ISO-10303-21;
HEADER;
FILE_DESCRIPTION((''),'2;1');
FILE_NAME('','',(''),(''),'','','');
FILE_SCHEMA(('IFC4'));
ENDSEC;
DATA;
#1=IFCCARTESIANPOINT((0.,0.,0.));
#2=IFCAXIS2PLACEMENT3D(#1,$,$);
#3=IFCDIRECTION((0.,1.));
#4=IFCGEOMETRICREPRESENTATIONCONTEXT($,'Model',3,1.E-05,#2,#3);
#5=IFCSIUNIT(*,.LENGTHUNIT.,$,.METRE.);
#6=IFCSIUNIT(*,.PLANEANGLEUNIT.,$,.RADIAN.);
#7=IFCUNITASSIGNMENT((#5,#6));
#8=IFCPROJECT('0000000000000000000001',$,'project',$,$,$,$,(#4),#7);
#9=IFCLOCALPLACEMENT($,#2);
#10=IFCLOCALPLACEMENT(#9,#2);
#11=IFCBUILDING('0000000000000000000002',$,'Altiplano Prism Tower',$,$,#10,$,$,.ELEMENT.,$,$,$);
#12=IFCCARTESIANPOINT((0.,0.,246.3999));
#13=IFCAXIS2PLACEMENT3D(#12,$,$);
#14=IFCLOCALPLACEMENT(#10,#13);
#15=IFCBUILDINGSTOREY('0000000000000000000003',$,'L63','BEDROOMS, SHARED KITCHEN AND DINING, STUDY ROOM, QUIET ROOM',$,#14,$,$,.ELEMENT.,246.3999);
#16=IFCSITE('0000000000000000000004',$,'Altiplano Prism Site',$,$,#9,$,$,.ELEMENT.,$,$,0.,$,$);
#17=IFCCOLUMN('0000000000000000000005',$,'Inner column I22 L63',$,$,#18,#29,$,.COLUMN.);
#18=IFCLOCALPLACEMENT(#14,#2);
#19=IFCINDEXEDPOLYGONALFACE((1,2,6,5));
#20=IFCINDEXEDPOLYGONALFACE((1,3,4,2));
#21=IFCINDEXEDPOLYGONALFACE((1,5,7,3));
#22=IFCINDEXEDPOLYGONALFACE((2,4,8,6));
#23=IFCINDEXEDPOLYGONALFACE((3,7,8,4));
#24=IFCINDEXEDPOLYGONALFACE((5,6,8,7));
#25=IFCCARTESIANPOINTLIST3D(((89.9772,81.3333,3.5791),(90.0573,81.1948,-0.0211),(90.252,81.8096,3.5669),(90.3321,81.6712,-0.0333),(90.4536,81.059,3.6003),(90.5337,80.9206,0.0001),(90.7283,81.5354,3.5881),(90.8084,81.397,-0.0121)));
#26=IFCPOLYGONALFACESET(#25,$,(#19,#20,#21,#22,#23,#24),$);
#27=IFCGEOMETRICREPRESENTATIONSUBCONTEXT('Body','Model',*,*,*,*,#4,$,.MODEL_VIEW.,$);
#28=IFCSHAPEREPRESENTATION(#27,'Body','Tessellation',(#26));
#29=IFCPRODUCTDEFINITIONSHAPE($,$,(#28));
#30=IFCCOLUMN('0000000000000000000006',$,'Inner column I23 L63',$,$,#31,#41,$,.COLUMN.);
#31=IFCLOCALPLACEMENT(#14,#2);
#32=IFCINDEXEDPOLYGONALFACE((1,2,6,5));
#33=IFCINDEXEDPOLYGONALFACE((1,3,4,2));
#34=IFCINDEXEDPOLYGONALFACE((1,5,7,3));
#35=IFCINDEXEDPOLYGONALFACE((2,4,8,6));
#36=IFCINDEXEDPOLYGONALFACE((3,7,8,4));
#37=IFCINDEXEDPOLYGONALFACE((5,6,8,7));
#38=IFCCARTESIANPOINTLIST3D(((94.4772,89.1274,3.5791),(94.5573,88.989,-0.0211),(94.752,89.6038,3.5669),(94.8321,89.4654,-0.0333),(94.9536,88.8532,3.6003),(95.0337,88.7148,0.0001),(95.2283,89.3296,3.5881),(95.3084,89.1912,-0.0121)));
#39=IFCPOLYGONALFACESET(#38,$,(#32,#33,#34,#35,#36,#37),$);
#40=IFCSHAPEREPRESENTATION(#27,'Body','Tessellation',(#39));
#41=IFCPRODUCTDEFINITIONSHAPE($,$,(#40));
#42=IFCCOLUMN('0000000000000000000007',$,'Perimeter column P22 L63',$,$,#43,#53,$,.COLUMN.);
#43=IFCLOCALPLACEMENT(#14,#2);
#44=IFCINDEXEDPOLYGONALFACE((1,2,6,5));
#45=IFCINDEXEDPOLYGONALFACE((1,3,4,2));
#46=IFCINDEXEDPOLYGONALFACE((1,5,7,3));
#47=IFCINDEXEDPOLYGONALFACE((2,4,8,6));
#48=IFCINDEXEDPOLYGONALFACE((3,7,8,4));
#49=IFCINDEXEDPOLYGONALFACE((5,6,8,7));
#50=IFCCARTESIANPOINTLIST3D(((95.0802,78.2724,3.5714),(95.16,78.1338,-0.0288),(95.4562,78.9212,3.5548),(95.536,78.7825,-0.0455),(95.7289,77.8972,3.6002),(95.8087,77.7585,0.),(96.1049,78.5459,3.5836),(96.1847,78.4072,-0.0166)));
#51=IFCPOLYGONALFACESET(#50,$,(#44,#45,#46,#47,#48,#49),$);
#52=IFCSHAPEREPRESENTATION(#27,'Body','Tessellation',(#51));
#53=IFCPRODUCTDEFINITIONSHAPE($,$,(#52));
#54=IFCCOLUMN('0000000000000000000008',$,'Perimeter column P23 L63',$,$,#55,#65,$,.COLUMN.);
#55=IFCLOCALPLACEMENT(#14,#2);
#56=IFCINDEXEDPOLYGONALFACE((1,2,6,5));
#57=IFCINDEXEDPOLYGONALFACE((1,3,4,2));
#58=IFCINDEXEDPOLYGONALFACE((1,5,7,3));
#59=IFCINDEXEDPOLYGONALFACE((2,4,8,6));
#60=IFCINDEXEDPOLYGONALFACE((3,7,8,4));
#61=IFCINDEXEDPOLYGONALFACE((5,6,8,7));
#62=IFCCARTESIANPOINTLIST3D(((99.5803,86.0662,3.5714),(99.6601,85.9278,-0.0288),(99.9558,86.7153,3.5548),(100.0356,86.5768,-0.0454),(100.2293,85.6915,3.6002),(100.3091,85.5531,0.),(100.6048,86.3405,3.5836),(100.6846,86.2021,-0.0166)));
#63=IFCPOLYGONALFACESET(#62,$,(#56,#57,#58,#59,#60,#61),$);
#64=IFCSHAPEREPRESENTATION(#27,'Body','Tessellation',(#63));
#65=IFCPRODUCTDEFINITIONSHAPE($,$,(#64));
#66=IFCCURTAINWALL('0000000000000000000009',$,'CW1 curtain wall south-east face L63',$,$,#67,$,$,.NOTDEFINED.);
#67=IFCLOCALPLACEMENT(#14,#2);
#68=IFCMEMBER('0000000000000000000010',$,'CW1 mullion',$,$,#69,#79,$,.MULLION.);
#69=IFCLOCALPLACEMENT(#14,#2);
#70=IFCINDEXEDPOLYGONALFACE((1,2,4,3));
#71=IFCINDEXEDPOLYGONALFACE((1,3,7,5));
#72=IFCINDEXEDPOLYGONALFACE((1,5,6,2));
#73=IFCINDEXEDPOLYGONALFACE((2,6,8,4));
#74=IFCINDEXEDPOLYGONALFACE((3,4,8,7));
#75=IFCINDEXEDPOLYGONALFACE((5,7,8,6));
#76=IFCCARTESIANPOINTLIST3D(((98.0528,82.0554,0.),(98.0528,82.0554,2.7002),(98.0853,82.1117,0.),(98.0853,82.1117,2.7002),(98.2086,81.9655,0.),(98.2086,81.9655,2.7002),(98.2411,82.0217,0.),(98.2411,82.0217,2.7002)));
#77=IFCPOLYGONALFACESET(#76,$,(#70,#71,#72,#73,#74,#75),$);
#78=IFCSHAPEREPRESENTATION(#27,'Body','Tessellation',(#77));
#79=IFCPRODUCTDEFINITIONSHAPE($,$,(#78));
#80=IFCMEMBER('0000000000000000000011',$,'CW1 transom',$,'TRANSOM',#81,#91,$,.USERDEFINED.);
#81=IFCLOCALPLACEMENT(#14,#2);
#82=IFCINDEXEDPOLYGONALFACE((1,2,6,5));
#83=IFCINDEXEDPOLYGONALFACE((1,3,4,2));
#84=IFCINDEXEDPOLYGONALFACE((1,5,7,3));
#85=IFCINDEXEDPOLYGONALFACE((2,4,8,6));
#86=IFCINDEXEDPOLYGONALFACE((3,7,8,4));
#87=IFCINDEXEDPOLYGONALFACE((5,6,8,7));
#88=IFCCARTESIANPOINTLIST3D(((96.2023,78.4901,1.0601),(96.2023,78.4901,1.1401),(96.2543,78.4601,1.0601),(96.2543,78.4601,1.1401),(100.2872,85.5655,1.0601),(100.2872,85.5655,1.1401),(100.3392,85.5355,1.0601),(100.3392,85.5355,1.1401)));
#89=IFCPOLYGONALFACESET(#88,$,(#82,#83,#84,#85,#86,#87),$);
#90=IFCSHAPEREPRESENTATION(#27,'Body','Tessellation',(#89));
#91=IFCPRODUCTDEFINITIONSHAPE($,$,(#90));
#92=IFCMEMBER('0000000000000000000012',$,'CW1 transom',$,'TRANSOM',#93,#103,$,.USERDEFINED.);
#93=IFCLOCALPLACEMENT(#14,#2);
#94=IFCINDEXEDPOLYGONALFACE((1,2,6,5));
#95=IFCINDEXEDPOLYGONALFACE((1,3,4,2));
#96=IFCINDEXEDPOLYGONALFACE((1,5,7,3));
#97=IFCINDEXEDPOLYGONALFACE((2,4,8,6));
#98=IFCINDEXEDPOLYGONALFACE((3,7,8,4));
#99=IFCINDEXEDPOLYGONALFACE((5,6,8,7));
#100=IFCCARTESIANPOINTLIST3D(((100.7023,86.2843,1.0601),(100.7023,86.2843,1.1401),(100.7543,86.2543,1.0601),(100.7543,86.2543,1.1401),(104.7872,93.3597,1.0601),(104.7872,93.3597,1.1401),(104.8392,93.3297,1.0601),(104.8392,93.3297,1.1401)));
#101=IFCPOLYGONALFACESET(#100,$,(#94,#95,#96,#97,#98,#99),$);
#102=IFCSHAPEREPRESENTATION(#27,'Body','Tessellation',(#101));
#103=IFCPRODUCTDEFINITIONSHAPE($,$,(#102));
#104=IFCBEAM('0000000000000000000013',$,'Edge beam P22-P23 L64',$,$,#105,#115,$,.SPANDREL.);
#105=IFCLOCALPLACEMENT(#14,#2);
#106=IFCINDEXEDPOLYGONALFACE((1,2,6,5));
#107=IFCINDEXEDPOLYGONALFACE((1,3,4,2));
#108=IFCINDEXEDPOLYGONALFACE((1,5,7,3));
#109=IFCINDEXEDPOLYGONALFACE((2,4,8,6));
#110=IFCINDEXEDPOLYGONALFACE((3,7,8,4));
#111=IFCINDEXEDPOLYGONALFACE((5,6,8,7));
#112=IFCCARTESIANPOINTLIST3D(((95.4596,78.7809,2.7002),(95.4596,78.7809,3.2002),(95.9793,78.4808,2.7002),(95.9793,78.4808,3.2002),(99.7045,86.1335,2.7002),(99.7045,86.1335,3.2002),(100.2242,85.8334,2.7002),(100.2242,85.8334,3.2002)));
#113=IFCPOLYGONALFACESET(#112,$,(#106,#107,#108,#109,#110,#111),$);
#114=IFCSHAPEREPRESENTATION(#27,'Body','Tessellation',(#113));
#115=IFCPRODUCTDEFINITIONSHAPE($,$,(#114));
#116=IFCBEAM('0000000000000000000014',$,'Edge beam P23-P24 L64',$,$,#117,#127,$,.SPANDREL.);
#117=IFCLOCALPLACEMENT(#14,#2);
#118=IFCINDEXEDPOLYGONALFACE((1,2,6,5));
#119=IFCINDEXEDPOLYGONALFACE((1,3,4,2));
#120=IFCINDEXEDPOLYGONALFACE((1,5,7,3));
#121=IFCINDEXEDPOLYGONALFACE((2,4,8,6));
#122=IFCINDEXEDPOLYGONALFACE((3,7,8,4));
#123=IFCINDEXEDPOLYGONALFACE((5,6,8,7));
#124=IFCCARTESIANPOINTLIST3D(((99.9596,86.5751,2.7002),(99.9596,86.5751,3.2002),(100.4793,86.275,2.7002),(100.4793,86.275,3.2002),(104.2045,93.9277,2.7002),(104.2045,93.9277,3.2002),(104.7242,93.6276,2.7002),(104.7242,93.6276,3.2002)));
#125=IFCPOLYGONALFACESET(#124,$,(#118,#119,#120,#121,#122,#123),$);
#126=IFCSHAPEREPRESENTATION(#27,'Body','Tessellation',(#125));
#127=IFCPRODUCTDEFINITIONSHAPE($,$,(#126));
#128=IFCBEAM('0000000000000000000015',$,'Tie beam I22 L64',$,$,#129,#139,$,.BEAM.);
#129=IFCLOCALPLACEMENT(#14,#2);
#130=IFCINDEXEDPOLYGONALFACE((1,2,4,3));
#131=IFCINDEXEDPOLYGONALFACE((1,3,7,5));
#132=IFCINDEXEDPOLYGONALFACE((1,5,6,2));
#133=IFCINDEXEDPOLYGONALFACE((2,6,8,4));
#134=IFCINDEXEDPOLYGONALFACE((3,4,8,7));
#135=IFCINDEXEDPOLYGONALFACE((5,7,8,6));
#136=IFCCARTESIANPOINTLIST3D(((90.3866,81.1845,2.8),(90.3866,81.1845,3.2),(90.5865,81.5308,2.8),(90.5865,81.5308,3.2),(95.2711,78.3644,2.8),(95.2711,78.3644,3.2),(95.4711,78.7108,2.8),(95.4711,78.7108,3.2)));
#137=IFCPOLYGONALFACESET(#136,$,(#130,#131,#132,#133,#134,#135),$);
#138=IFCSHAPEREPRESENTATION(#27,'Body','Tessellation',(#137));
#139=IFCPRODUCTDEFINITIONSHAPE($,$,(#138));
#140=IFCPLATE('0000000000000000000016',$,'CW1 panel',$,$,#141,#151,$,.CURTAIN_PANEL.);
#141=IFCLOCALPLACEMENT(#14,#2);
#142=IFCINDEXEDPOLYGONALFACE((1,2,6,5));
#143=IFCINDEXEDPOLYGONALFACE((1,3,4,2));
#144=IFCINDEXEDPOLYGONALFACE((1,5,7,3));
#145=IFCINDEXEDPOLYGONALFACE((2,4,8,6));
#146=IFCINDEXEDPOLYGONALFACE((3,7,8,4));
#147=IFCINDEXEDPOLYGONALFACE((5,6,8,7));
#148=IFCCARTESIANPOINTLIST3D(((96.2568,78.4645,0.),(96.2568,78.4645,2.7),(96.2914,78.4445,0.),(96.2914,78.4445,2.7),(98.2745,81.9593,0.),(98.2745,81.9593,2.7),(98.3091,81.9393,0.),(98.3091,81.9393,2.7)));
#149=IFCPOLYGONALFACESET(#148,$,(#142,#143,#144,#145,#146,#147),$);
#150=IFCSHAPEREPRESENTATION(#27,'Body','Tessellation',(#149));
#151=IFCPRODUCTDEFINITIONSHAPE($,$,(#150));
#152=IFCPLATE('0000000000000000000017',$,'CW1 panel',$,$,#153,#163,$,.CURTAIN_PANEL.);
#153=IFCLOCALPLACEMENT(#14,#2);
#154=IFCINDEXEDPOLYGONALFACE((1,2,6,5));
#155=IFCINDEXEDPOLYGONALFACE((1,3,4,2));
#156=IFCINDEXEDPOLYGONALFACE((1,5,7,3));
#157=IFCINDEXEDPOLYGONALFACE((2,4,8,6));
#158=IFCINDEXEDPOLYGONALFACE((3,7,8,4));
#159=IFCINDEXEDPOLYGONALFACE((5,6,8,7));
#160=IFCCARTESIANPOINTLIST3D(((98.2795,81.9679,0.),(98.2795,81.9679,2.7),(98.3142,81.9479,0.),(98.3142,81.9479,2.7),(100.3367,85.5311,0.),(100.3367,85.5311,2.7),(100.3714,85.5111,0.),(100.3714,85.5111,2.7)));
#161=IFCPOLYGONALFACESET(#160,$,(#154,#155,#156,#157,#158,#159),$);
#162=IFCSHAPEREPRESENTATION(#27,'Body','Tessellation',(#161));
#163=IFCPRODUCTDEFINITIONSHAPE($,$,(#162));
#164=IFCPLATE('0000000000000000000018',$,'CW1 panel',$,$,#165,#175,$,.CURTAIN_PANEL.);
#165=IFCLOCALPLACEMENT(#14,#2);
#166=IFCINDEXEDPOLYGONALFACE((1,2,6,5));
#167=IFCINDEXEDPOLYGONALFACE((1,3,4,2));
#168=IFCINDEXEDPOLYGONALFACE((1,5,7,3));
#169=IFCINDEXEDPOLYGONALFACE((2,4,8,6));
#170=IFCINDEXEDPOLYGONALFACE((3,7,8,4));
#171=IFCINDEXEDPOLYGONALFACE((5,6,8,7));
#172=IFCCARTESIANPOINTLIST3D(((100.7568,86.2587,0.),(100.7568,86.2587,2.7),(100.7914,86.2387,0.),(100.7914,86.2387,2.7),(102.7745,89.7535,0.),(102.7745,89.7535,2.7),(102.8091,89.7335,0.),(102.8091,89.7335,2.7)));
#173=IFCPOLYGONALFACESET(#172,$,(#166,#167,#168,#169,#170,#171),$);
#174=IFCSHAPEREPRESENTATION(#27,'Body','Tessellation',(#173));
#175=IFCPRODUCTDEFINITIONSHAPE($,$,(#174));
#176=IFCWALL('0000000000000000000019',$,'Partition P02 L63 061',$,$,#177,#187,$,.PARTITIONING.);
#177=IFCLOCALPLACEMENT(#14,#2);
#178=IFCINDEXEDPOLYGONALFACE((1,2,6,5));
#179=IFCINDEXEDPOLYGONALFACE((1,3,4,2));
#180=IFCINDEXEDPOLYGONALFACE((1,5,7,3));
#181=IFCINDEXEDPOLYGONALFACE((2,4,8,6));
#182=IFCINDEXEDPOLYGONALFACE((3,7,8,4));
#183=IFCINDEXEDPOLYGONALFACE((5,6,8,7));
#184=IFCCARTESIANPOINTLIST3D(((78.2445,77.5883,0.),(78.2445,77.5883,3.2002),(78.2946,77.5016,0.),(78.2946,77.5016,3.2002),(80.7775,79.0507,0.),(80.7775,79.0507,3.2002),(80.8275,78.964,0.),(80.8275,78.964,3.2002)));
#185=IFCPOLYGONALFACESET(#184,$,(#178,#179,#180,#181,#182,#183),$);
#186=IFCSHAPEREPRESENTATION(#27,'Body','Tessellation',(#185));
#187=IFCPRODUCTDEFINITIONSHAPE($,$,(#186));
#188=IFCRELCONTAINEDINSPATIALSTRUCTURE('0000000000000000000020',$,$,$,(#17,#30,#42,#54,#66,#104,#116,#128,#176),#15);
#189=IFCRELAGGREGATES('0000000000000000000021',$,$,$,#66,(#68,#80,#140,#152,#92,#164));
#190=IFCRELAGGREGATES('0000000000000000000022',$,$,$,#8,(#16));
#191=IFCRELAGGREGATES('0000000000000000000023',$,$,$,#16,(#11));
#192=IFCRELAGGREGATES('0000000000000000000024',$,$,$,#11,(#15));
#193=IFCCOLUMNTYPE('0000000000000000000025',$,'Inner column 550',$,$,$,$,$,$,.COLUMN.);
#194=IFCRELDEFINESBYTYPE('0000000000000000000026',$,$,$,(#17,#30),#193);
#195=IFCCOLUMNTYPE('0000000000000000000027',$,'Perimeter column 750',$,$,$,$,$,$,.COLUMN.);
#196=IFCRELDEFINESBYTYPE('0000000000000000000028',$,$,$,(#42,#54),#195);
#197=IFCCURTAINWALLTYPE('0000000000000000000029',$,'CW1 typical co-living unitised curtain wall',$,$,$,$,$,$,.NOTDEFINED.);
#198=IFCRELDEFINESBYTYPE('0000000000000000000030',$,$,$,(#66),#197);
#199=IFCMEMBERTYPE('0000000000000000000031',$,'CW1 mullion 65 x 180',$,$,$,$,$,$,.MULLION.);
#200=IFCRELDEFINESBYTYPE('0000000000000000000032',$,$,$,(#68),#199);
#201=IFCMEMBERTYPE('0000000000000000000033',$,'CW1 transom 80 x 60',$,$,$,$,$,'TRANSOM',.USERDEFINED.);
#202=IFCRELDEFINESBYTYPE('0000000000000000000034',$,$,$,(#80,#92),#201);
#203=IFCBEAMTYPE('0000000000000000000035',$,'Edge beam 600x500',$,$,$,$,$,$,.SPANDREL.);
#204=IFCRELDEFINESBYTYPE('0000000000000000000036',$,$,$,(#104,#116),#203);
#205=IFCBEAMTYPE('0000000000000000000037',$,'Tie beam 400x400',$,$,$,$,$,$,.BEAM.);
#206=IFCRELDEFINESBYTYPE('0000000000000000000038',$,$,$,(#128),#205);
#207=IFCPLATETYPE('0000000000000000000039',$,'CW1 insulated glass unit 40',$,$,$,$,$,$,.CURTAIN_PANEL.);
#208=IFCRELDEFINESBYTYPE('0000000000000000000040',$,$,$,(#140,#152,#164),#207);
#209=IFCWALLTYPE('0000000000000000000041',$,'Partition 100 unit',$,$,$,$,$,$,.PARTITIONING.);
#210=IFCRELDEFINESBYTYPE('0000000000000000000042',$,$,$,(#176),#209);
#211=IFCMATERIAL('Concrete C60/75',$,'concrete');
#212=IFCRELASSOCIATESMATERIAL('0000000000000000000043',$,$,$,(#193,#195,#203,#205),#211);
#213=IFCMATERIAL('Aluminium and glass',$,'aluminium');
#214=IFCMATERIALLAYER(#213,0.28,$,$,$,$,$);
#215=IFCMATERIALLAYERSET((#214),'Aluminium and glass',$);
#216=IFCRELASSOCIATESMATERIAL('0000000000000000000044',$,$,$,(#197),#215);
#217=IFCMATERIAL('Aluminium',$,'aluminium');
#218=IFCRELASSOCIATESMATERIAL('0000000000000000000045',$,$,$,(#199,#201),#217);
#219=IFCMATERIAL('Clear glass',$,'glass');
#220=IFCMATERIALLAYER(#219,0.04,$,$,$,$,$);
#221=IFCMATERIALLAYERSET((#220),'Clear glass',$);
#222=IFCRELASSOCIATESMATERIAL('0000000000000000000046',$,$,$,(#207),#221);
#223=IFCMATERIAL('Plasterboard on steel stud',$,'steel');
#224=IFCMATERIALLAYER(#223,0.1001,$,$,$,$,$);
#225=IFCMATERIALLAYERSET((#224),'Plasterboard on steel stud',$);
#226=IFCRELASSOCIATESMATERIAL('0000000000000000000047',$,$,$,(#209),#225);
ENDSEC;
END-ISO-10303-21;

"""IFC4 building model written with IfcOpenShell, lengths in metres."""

from ifc_helpers import new_model, si_unit, direction, frame, frame_2d, origin, origin_2d, place, context, subcontext, project, spatial, rectangle, extrude, material, layer, layer_set, material_profile, profile_set, type_object, element, aggregate, save


model = new_model("IFC4")

# Units and contexts
model_context = context("Model", 3, precision=1e-05, world=origin(), true_north=direction((0.0, 1.0)))
body_context = subcontext(model_context, "Body", "Model", "MODEL_VIEW")
ifc_project = project(units=[si_unit("LENGTHUNIT", "METRE"), si_unit("PLANEANGLEUNIT", "RADIAN")], contexts=[model_context])

# Site, building, storey
site_placement = place(None, origin())
site = spatial("IfcSite", under=ifc_project, at=site_placement, Name="Altiplano Prism Site", CompositionType="ELEMENT", RefElevation=0.0)
building_placement = place(site_placement, origin())
building = spatial("IfcBuilding", under=site, at=building_placement, Name="Altiplano Prism Tower", CompositionType="ELEMENT")
storey_placement = place(building_placement, frame((0.0, 0.0, 246.3999)))
storey = spatial("IfcBuildingStorey", under=building, at=storey_placement, Name="L63", Description="BEDROOMS, SHARED KITCHEN AND DINING, STUDY ROOM, QUIET ROOM", CompositionType="ELEMENT", Elevation=246.3999)

# Columns
ifc_material_1 = material(Name="Concrete C60/75", Category="concrete")
ifc_material_profile_1 = material_profile(ifc_material_1, rectangle(XDim=0.55, YDim=0.55, at=origin_2d()), Name="Inner column 550")
ifc_profile_set_1 = profile_set([ifc_material_profile_1], Name="Concrete C60/75")
column_type_1 = type_object("IfcColumnType", Name="Inner column 550", PredefinedType="COLUMN", material=ifc_profile_set_1)
for number, where, z_axis, x_axis, name in (
    (1, (90.4329, 81.2959, -0.0166), (-0.022221, 0.038413, 0.999015), (-0.499515, -0.866021, 0.022189), "Inner column I22 L63"),
    (2, (94.9329, 89.0901, -0.0166), (-0.022221, 0.038413, 0.999015), (-0.499513, -0.866022, 0.022189), "Inner column I23 L63"),
):
    element("IfcColumn", number, at=place(storey_placement, frame(where, z_axis=z_axis, x_axis=x_axis)), inside=storey, type_object=column_type_1, Name=name, PredefinedType="COLUMN", context=body_context, shape_type="SweptSolid", body=[
        extrude(rectangle(XDim=0.55, YDim=0.55, at=origin_2d()), origin(), (0.0, 0.0, 1.0), 3.6038),
    ])
ifc_material_profile_2 = material_profile(ifc_material_1, rectangle(XDim=0.75, YDim=0.75, at=origin_2d()), Name="Perimeter column 750")
ifc_profile_set_2 = profile_set([ifc_material_profile_2], Name="Concrete C60/75")
column_type_2 = type_object("IfcColumnType", Name="Perimeter column 750", PredefinedType="COLUMN", material=ifc_profile_set_2)
for number, where, z_axis, x_axis, name in (
    (3, (95.6724, 78.2705, -0.0227), (-0.022154, 0.038481, 0.999014), (-0.50132, -0.864977, 0.022201), "Perimeter column P22 L63"),
    (4, (100.1724, 86.0649, -0.0227), (-0.022154, 0.038413, 0.999016), (-0.500657, -0.865362, 0.022172), "Perimeter column P23 L63"),
):
    element("IfcColumn", number, at=place(storey_placement, frame(where, z_axis=z_axis, x_axis=x_axis)), inside=storey, type_object=column_type_2, Name=name, PredefinedType="COLUMN", context=body_context, shape_type="SweptSolid", body=[
        extrude(rectangle(XDim=0.75, YDim=0.75, at=origin_2d()), origin(), (0.0, 0.0, 1.0), 3.6038),
    ])

# Curtain wall, members
ifc_material_2 = material(Name="Aluminium and glass", Category="aluminium")
ifc_layer_1 = layer(ifc_material_2, 0.28)
ifc_layer_set_1 = layer_set([ifc_layer_1], Name="Aluminium and glass")
curtain_wall_type = type_object("IfcCurtainWallType", Name="CW1 typical co-living unitised curtain wall", PredefinedType="NOTDEFINED", material=ifc_layer_set_1)
curtain_wall_placement = place(storey_placement, origin())
curtain_wall = element("IfcCurtainWall", 5, at=curtain_wall_placement, inside=storey, type_object=curtain_wall_type, Name="CW1 curtain wall south-east face L63", PredefinedType="NOTDEFINED")
ifc_material_3 = material(Name="Aluminium", Category="aluminium")
ifc_material_profile_3 = material_profile(ifc_material_3, rectangle(XDim=0.1799, YDim=0.0649, at=origin_2d()), Name="CW1 mullion 65 x 180")
ifc_profile_set_3 = profile_set([ifc_material_profile_3], Name="Aluminium")
member_type_1 = type_object("IfcMemberType", Name="CW1 mullion 65 x 180", PredefinedType="MULLION", material=ifc_profile_set_3)
member_1_placement = place(storey_placement, frame((98.147, 82.0386, 0.0), z_axis=(0.0, 0.0, 1.0), x_axis=(-0.866025, 0.5, 0.0)))
member_1 = element("IfcMember", 6, at=member_1_placement, type_object=member_type_1, Name="CW1 mullion", PredefinedType="MULLION", context=body_context, shape_type="SweptSolid", body=[
    extrude(rectangle(XDim=0.1799, YDim=0.0649, at=origin_2d()), origin(), (0.0, 0.0, 1.0), 2.7002),
])
ifc_material_profile_4 = material_profile(ifc_material_3, rectangle(XDim=0.0601, YDim=0.0801, at=origin_2d()), Name="CW1 transom 80 x 60")
ifc_profile_set_4 = profile_set([ifc_material_profile_4], Name="Aluminium")
member_type_2 = type_object("IfcMemberType", Name="CW1 transom 80 x 60", ElementType="TRANSOM", PredefinedType="USERDEFINED", material=ifc_profile_set_4)
member_2_placement = place(storey_placement, frame((96.2283, 78.4751, 1.1001), z_axis=(0.499996, 0.866028, 0.0), x_axis=(-0.866028, 0.499996, 0.0)))
member_2 = element("IfcMember", 7, at=member_2_placement, type_object=member_type_2, Name="CW1 transom", ObjectType="TRANSOM", PredefinedType="USERDEFINED", context=body_context, shape_type="SweptSolid", body=[
    extrude(rectangle(XDim=0.0601, YDim=0.0801, at=origin_2d()), origin(), (0.0, 0.0, 1.0), 8.1699),
])
member_3_placement = place(storey_placement, frame((100.7283, 86.2693, 1.1001), z_axis=(0.499996, 0.866028, 0.0), x_axis=(-0.866028, 0.499996, 0.0)))
member_3 = element("IfcMember", 8, at=member_3_placement, type_object=member_type_2, Name="CW1 transom", ObjectType="TRANSOM", PredefinedType="USERDEFINED", context=body_context, shape_type="SweptSolid", body=[
    extrude(rectangle(XDim=0.0601, YDim=0.0801, at=origin_2d()), origin(), (0.0, 0.0, 1.0), 8.1699),
])

# Beams
ifc_material_profile_5 = material_profile(ifc_material_1, rectangle(XDim=0.6001, YDim=0.5, at=origin_2d()), Name="Edge beam 600x500")
ifc_profile_set_5 = profile_set([ifc_material_profile_5], Name="Concrete C60/75")
beam_type_1 = type_object("IfcBeamType", Name="Edge beam 600x500", PredefinedType="SPANDREL", material=ifc_profile_set_5)
for number, where, z_axis, x_axis, name in (
    (9, (95.7195, 78.6309, 2.9502), (0.49999, 0.866031, 0.0), (-0.866031, 0.49999, 0.0), "Edge beam P22-P23 L64"),
    (10, (100.2195, 86.425, 2.9502), (0.49999, 0.866031, 0.0), (-0.866031, 0.49999, 0.0), "Edge beam P23-P24 L64"),
):
    element("IfcBeam", number, at=place(storey_placement, frame(where, z_axis=z_axis, x_axis=x_axis)), inside=storey, type_object=beam_type_1, Name=name, PredefinedType="SPANDREL", context=body_context, shape_type="SweptSolid", body=[
        extrude(rectangle(XDim=0.6001, YDim=0.5, at=origin_2d()), origin(), (0.0, 0.0, 1.0), 8.49),
    ])
ifc_material_profile_6 = material_profile(ifc_material_1, rectangle(XDim=0.3999, YDim=0.3999, at=origin_2d()), Name="Tie beam 400x400")
ifc_profile_set_6 = profile_set([ifc_material_profile_6], Name="Concrete C60/75")
beam_type_2 = type_object("IfcBeamType", Name="Tie beam 400x400", PredefinedType="BEAM", material=ifc_profile_set_6)
beam_placement = place(storey_placement, frame((90.4866, 81.3577, 3.0), z_axis=(0.866026, -0.499998, 0.0), x_axis=(0.499998, 0.866026, 0.0)))
element("IfcBeam", 11, at=beam_placement, inside=storey, type_object=beam_type_2, Name="Tie beam I22 L64", PredefinedType="BEAM", context=body_context, shape_type="SweptSolid", body=[
    extrude(rectangle(XDim=0.3999, YDim=0.3999, at=origin_2d()), origin(), (0.0, 0.0, 1.0), 5.6401),
])

# Plates
ifc_material_4 = material(Name="Clear glass", Category="glass")
ifc_layer_2 = layer(ifc_material_4, 0.04)
ifc_layer_set_2 = layer_set([ifc_layer_2], Name="Clear glass")
plate_type = type_object("IfcPlateType", Name="CW1 insulated glass unit 40", PredefinedType="CURTAIN_PANEL", material=ifc_layer_set_2)
plate_1_placement = place(storey_placement, frame((97.283, 80.2019, 0.0), z_axis=(0.0, 0.0, 1.0), x_axis=(0.5, 0.866025, 0.0)))
plate_1 = element("IfcPlate", 12, at=plate_1_placement, type_object=plate_type, Name="CW1 panel", PredefinedType="CURTAIN_PANEL", context=body_context, shape_type="SweptSolid", body=[
    extrude(rectangle(XDim=4.0354, YDim=0.04, at=origin_2d()), origin(), (0.0, 0.0, 1.0), 2.7),
])
plate_2_placement = place(storey_placement, frame((99.3254, 83.7395, 0.0), z_axis=(0.0, 0.0, 1.0), x_axis=(0.5, 0.866025, 0.0)))
plate_2 = element("IfcPlate", 13, at=plate_2_placement, type_object=plate_type, Name="CW1 panel", PredefinedType="CURTAIN_PANEL", context=body_context, shape_type="SweptSolid", body=[
    extrude(rectangle(XDim=4.1145, YDim=0.04, at=origin_2d()), origin(), (0.0, 0.0, 1.0), 2.7),
])
plate_3_placement = place(storey_placement, frame((101.783, 87.9961, 0.0), z_axis=(0.0, 0.0, 1.0), x_axis=(0.5, 0.866025, 0.0)))
plate_3 = element("IfcPlate", 14, at=plate_3_placement, type_object=plate_type, Name="CW1 panel", PredefinedType="CURTAIN_PANEL", context=body_context, shape_type="SweptSolid", body=[
    extrude(rectangle(XDim=4.0354, YDim=0.04, at=origin_2d()), origin(), (0.0, 0.0, 1.0), 2.7),
])
aggregate(curtain_wall, [member_1, member_2, plate_1, plate_2, member_3, plate_3])

# Wall
ifc_material_5 = material(Name="Plasterboard on steel stud", Category="steel")
ifc_layer_3 = layer(ifc_material_5, 0.1001)
ifc_layer_set_3 = layer_set([ifc_layer_3], Name="Plasterboard on steel stud")
wall_type_1 = type_object("IfcWallType", Name="Partition 100 unit", PredefinedType="PARTITIONING", material=ifc_layer_set_3)
wall_1_placement = place(storey_placement, frame((80.8025, 79.0073, 0.0), z_axis=(0.0, 0.0, 1.0), x_axis=(-0.866026, -0.499999, 0.0)))
element("IfcWall", 15, at=wall_1_placement, inside=storey, type_object=wall_type_1, Name="Partition P02 L63 061", PredefinedType="PARTITIONING", context=body_context, shape_type="SweptSolid", body=[
    extrude(rectangle(XDim=2.9248, YDim=0.1001, at=frame_2d((1.4624, 0.0))), origin(), (0.0, 0.0, 1.0), 3.2002),
])

save(model, "model.ifc")
